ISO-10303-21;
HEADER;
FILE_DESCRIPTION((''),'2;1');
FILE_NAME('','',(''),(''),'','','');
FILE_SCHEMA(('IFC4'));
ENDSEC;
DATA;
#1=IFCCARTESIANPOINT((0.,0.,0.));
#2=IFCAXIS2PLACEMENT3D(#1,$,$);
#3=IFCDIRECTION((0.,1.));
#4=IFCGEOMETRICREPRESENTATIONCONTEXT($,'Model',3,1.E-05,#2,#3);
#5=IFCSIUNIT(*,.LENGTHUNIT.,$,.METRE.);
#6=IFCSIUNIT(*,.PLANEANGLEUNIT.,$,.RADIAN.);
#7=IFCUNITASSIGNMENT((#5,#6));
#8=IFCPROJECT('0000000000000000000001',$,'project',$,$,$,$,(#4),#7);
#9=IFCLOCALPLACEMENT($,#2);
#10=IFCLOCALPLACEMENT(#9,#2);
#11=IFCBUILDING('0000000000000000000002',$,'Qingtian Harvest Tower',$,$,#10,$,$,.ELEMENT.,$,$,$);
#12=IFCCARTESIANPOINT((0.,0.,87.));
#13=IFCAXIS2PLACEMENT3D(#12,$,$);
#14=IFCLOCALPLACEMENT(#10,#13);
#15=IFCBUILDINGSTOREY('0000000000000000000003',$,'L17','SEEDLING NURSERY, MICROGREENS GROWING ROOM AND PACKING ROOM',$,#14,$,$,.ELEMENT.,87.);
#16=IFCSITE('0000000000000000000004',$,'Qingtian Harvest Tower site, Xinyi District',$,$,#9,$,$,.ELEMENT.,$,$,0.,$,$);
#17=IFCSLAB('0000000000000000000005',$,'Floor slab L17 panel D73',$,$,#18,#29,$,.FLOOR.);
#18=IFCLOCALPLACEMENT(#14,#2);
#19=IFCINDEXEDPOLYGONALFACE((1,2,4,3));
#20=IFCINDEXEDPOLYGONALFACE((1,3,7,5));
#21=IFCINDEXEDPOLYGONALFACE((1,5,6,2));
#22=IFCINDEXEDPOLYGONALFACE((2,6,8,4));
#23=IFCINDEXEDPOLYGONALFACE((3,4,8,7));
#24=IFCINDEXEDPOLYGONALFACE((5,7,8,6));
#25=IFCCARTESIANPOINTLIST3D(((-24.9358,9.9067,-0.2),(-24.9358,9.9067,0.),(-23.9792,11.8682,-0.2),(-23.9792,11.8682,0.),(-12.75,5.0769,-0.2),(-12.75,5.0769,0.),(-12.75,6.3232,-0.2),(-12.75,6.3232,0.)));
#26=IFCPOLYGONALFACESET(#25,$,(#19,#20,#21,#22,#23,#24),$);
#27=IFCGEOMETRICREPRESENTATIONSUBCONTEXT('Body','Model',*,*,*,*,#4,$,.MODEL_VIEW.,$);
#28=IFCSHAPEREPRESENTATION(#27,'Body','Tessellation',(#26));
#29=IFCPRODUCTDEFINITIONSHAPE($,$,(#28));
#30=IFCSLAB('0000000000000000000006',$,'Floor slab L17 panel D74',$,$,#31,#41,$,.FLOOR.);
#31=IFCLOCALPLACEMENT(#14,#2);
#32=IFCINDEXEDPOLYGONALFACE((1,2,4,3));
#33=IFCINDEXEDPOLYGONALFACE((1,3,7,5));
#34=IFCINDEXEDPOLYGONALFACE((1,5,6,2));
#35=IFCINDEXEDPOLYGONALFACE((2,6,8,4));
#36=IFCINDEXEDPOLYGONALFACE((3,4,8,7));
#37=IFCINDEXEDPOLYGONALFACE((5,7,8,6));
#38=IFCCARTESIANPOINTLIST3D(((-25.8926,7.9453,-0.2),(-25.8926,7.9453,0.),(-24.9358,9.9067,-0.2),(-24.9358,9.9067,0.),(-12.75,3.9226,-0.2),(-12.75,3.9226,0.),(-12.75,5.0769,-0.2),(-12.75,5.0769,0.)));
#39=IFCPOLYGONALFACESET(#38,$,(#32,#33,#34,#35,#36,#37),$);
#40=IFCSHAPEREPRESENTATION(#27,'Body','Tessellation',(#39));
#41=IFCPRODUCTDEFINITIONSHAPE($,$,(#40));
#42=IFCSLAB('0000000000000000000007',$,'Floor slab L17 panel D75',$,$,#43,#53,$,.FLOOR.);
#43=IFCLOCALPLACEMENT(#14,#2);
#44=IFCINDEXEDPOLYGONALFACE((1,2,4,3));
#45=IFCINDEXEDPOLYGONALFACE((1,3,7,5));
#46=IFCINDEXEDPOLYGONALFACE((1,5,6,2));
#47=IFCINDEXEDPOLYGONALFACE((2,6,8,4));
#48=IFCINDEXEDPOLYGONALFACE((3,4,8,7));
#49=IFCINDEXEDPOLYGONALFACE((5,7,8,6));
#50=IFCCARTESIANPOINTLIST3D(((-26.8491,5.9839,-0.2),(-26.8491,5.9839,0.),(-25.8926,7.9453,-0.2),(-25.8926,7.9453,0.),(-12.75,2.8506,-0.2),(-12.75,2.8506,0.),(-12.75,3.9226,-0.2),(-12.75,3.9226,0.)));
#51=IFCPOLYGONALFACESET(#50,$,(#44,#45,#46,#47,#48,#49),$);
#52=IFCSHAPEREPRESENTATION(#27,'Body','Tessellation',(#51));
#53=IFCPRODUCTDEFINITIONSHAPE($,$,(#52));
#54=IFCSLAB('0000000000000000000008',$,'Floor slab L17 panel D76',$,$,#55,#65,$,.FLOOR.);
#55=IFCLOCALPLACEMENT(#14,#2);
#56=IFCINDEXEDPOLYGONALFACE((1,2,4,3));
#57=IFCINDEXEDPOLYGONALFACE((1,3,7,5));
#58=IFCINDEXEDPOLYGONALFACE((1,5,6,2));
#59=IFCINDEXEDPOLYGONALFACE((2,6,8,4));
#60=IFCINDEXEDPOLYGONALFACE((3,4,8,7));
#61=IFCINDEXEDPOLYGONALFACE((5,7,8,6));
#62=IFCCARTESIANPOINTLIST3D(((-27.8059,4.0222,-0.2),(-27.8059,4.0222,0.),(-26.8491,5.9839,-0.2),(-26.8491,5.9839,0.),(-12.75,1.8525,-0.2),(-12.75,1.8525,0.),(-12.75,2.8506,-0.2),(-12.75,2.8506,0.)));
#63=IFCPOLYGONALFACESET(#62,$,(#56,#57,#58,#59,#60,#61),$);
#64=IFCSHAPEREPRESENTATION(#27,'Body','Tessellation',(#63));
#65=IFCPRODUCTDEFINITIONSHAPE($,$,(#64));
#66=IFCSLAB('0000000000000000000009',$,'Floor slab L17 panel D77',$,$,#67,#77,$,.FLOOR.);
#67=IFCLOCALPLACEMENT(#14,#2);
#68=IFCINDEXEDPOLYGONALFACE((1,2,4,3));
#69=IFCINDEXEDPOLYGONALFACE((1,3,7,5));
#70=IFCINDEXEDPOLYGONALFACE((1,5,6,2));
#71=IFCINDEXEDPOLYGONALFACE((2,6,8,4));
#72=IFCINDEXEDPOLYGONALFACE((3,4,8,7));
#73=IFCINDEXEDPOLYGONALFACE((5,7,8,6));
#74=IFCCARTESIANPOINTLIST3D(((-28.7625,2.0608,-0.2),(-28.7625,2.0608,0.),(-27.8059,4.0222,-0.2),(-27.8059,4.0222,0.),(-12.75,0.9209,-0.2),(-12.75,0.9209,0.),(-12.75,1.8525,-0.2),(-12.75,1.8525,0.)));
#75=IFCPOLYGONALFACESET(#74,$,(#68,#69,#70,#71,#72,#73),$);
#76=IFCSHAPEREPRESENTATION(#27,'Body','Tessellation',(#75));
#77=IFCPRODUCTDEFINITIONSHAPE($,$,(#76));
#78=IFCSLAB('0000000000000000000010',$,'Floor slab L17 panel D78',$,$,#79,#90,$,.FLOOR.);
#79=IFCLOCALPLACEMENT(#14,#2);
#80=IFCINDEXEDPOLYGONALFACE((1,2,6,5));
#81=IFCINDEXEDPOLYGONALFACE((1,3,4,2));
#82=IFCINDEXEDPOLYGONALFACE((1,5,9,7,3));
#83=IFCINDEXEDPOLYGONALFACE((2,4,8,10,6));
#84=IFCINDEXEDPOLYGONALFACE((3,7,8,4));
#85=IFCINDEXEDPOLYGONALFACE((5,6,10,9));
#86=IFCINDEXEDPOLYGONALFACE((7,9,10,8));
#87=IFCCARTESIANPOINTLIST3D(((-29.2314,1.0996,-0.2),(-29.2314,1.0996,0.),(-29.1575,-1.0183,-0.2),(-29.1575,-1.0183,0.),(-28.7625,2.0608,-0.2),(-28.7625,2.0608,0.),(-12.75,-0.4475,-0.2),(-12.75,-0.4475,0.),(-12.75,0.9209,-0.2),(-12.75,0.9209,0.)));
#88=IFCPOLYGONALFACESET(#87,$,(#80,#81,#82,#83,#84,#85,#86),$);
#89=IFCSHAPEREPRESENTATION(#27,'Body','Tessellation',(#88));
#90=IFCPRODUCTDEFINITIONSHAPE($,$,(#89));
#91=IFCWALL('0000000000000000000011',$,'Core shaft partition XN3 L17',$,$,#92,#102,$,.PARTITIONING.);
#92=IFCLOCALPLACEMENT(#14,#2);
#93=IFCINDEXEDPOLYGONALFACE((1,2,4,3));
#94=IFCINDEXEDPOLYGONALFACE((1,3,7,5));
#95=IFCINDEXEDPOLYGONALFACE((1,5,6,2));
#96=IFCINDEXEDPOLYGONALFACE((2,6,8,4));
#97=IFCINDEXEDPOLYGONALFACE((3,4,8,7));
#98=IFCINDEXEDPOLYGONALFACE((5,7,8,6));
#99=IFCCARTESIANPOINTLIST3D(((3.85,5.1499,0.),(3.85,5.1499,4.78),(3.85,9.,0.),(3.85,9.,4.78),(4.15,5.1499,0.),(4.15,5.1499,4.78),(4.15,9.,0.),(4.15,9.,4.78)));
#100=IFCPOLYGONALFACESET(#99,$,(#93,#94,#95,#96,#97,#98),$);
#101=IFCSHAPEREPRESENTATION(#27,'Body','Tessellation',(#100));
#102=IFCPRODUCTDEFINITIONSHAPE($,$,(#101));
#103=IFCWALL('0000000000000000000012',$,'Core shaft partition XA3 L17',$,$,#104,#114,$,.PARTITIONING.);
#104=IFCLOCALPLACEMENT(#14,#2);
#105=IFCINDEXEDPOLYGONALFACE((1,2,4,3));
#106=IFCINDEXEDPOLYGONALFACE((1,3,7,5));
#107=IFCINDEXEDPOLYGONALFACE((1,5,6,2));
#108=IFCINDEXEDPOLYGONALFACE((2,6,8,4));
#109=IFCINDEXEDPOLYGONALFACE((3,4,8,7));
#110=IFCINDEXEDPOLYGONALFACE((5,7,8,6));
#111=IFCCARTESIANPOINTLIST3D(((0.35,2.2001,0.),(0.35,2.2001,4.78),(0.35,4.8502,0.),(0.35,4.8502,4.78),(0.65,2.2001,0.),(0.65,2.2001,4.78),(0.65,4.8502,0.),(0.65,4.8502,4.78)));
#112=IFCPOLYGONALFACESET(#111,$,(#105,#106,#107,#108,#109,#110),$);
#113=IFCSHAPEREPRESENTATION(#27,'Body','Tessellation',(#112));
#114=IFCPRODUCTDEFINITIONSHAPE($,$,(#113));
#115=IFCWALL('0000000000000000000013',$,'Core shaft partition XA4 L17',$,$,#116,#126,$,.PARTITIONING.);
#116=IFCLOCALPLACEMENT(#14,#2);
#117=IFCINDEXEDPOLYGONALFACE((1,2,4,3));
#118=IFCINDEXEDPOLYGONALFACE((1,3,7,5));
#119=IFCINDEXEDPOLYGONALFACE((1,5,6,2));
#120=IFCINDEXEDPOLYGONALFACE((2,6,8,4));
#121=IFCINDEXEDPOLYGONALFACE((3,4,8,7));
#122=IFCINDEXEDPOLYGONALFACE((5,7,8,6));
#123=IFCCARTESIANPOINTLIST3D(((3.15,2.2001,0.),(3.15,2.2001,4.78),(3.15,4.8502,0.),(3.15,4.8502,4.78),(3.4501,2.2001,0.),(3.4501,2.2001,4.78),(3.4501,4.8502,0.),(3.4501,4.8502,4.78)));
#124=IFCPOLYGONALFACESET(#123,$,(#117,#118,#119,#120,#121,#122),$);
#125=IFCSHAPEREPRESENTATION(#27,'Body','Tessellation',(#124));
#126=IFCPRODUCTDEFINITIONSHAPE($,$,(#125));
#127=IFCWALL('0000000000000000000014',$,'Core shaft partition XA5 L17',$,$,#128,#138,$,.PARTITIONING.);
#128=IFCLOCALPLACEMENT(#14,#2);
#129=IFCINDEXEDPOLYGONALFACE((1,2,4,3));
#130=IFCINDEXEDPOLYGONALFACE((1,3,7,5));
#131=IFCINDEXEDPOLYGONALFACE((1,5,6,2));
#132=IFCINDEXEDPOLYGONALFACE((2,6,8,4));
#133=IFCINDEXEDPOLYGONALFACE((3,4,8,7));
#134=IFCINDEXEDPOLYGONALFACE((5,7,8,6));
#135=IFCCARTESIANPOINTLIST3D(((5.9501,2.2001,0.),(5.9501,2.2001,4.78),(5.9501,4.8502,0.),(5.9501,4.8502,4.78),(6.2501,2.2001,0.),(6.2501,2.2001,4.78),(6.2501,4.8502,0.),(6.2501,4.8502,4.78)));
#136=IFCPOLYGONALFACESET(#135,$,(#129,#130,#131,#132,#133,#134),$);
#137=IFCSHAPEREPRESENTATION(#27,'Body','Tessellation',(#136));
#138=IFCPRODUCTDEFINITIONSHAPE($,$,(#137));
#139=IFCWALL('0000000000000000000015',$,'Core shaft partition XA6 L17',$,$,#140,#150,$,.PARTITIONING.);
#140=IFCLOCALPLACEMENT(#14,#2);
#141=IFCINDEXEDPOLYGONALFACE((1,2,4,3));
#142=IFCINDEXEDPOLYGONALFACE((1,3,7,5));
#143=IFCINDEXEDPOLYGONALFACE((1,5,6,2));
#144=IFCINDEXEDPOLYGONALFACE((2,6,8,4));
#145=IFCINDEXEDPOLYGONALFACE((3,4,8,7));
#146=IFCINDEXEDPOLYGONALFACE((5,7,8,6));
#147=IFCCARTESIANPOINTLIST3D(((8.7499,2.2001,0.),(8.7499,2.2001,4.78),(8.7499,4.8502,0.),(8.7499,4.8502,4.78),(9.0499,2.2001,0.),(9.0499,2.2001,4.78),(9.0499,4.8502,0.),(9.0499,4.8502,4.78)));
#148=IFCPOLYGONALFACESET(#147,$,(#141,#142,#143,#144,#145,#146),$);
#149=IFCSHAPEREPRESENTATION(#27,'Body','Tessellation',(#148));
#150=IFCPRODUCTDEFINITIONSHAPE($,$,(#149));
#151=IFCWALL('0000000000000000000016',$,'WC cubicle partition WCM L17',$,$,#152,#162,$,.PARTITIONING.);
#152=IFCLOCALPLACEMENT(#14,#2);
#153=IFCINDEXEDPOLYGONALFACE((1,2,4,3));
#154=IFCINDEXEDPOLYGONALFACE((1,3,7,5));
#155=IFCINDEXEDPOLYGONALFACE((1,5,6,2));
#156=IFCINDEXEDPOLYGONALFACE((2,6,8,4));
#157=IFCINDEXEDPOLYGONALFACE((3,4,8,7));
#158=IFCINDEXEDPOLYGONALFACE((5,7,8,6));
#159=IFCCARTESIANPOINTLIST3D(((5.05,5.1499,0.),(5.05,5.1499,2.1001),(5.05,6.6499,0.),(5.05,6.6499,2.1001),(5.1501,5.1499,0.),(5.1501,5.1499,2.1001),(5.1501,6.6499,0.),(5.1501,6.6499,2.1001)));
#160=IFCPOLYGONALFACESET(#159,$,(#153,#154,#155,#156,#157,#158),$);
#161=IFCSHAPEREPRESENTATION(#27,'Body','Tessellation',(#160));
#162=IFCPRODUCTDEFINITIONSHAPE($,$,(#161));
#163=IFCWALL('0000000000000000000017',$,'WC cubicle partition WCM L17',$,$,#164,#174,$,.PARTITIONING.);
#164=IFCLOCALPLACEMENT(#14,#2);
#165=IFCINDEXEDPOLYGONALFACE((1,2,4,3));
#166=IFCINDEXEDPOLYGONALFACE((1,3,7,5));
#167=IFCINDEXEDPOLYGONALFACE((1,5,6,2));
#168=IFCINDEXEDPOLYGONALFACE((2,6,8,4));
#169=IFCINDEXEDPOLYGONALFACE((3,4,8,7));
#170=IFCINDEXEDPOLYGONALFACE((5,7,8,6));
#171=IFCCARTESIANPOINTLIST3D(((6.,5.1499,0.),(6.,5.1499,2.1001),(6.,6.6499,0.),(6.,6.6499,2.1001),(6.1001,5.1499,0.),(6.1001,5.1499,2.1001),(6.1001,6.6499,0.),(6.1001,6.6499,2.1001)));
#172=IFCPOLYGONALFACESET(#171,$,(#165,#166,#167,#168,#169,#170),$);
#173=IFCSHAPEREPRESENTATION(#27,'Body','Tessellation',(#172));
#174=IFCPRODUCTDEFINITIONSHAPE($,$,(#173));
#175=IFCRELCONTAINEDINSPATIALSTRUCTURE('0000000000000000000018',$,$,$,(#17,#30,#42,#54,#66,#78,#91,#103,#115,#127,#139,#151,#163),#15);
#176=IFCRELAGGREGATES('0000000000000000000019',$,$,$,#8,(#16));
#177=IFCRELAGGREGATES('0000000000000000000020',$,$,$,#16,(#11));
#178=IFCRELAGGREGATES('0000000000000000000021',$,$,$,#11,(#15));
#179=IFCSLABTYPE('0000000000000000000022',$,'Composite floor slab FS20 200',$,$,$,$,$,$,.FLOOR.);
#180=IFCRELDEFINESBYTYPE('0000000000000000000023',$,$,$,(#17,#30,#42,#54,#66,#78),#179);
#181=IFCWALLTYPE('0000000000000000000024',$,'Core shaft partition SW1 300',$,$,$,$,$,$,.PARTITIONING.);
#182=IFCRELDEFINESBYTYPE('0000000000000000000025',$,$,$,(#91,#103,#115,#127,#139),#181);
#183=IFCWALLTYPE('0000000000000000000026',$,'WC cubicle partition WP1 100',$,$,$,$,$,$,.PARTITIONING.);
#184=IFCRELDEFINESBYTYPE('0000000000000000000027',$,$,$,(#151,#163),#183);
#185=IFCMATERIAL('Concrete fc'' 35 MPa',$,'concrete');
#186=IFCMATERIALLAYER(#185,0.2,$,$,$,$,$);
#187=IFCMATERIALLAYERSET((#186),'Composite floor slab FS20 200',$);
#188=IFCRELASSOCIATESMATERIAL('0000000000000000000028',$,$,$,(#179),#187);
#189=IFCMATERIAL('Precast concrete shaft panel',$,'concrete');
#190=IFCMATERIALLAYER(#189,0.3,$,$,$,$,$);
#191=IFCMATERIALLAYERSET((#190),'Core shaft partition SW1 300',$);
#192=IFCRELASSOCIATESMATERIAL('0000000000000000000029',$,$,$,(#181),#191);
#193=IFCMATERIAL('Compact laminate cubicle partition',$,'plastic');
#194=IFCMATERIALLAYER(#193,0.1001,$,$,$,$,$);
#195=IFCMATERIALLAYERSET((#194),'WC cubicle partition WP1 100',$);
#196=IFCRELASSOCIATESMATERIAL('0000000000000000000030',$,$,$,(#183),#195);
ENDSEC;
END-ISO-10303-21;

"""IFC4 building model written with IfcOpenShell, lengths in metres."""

from ifc_helpers import new_model, si_unit, direction, frame, frame_2d, origin, place, context, subcontext, project, spatial, polyline, rectangle, outline, extrude, material, layer, layer_set, type_object, element, save


model = new_model("IFC4")

# Units and contexts
model_context = context("Model", 3, precision=1e-05, world=origin(), true_north=direction((0.0, 1.0)))
body_context = subcontext(model_context, "Body", "Model", "MODEL_VIEW")
ifc_project = project(units=[si_unit("LENGTHUNIT", "METRE"), si_unit("PLANEANGLEUNIT", "RADIAN")], contexts=[model_context])

# Site, building, storey
site_placement = place(None, origin())
site = spatial("IfcSite", under=ifc_project, at=site_placement, Name="Qingtian Harvest Tower site, Xinyi District", CompositionType="ELEMENT", RefElevation=0.0)
building_placement = place(site_placement, origin())
building = spatial("IfcBuilding", under=site, at=building_placement, Name="Qingtian Harvest Tower", CompositionType="ELEMENT")
storey_placement = place(building_placement, frame((0.0, 0.0, 87.0)))
storey = spatial("IfcBuildingStorey", under=building, at=storey_placement, Name="L17", Description="SEEDLING NURSERY, MICROGREENS GROWING ROOM AND PACKING ROOM", CompositionType="ELEMENT", Elevation=87.0)

# Slabs
ifc_material_1 = material(Name="Concrete fc' 35 MPa", Category="concrete")
ifc_layer_1 = layer(ifc_material_1, 0.2)
ifc_layer_set_1 = layer_set([ifc_layer_1], Name="Composite floor slab FS20 200")
slab_type = type_object("IfcSlabType", Name="Composite floor slab FS20 200", PredefinedType="FLOOR", material=ifc_layer_set_1)
slab_1_placement = place(storey_placement, frame((0.0, 0.0, -0.2)))
element("IfcSlab", 1, at=slab_1_placement, inside=storey, type_object=slab_type, Name="Floor slab L17 panel D73", PredefinedType="FLOOR", context=body_context, shape_type="SweptSolid", body=[
    extrude(outline(polyline([(-12.75, 5.0769), (-24.9358, 9.9067), (-23.9792, 11.8682), (-12.75, 6.3232), (-12.75, 5.0769)])), origin(), (0.0, 0.0, 1.0), 0.2),
])
slab_2_placement = place(storey_placement, frame((0.0, 0.0, -0.2)))
element("IfcSlab", 2, at=slab_2_placement, inside=storey, type_object=slab_type, Name="Floor slab L17 panel D74", PredefinedType="FLOOR", context=body_context, shape_type="SweptSolid", body=[
    extrude(outline(polyline([(-12.75, 3.9226), (-25.8926, 7.9453), (-24.9358, 9.9067), (-12.75, 5.0769), (-12.75, 3.9226)])), origin(), (0.0, 0.0, 1.0), 0.2),
])
slab_3_placement = place(storey_placement, frame((0.0, 0.0, -0.2)))
element("IfcSlab", 3, at=slab_3_placement, inside=storey, type_object=slab_type, Name="Floor slab L17 panel D75", PredefinedType="FLOOR", context=body_context, shape_type="SweptSolid", body=[
    extrude(outline(polyline([(-12.75, 2.8506), (-26.8491, 5.9839), (-25.8926, 7.9453), (-12.75, 3.9226), (-12.75, 2.8506)])), origin(), (0.0, 0.0, 1.0), 0.2),
])
slab_4_placement = place(storey_placement, frame((0.0, 0.0, -0.2)))
element("IfcSlab", 4, at=slab_4_placement, inside=storey, type_object=slab_type, Name="Floor slab L17 panel D76", PredefinedType="FLOOR", context=body_context, shape_type="SweptSolid", body=[
    extrude(outline(polyline([(-12.75, 1.8525), (-27.8059, 4.0222), (-26.8491, 5.9839), (-12.75, 2.8506), (-12.75, 1.8525)])), origin(), (0.0, 0.0, 1.0), 0.2),
])
slab_5_placement = place(storey_placement, frame((0.0, 0.0, -0.2)))
element("IfcSlab", 5, at=slab_5_placement, inside=storey, type_object=slab_type, Name="Floor slab L17 panel D77", PredefinedType="FLOOR", context=body_context, shape_type="SweptSolid", body=[
    extrude(outline(polyline([(-12.75, 0.9209), (-28.7625, 2.0608), (-27.8059, 4.0222), (-12.75, 1.8525), (-12.75, 0.9209)])), origin(), (0.0, 0.0, 1.0), 0.2),
])
slab_6_placement = place(storey_placement, frame((0.0, 0.0, -0.2)))
element("IfcSlab", 6, at=slab_6_placement, inside=storey, type_object=slab_type, Name="Floor slab L17 panel D78", PredefinedType="FLOOR", context=body_context, shape_type="SweptSolid", body=[
    extrude(outline(polyline([(-12.75, 0.9209), (-12.75, -0.4475), (-29.1575, -1.0183), (-29.2314, 1.0996), (-28.7625, 2.0608), (-12.75, 0.9209)])), origin(), (0.0, 0.0, 1.0), 0.2),
])

# Shared definitions
ifc_material_2 = material(Name="Precast concrete shaft panel", Category="concrete")
ifc_layer_2 = layer(ifc_material_2, 0.3)
ifc_layer_set_2 = layer_set([ifc_layer_2], Name="Core shaft partition SW1 300")
wall_type_1 = type_object("IfcWallType", Name="Core shaft partition SW1 300", PredefinedType="PARTITIONING", material=ifc_layer_set_2)

# Walls
wall_1_placement = place(storey_placement, frame((4.0, 5.1499, 0.0), z_axis=(0.0, 0.0, 1.0), x_axis=(0.0, 1.0, 0.0)))
element("IfcWall", 7, at=wall_1_placement, inside=storey, type_object=wall_type_1, Name="Core shaft partition XN3 L17", PredefinedType="PARTITIONING", context=body_context, shape_type="SweptSolid", body=[
    extrude(rectangle(XDim=3.8501, YDim=0.3, at=frame_2d((1.925, 0.0))), origin(), (0.0, 0.0, 1.0), 4.78),
])
for number, where, z_axis, x_axis, name in (
    (8, (0.5, 2.2, 0.0), (0.0, 0.0, 1.0), (0.0, 1.0, 0.0), "Core shaft partition XA3 L17"),
    (9, (3.3, 2.2, 0.0), (0.0, 0.0, 1.0), (0.0, 1.0, 0.0), "Core shaft partition XA4 L17"),
    (10, (6.1001, 2.2, 0.0), (0.0, 0.0, 1.0), (0.0, 1.0, 0.0), "Core shaft partition XA5 L17"),
    (11, (8.8999, 2.2, 0.0), (0.0, 0.0, 1.0), (0.0, 1.0, 0.0), "Core shaft partition XA6 L17"),
):
    element("IfcWall", number, at=place(storey_placement, frame(where, z_axis=z_axis, x_axis=x_axis)), inside=storey, type_object=wall_type_1, Name=name, PredefinedType="PARTITIONING", context=body_context, shape_type="SweptSolid", body=[
        extrude(rectangle(XDim=2.6501, YDim=0.3, at=frame_2d((1.3252, 0.0))), origin(), (0.0, 0.0, 1.0), 4.78),
    ])
ifc_material_3 = material(Name="Compact laminate cubicle partition", Category="plastic")
ifc_layer_3 = layer(ifc_material_3, 0.1001)
ifc_layer_set_3 = layer_set([ifc_layer_3], Name="WC cubicle partition WP1 100")
wall_type_2 = type_object("IfcWallType", Name="WC cubicle partition WP1 100", PredefinedType="PARTITIONING", material=ifc_layer_set_3)
for number, where, z_axis, x_axis, name in (
    (12, (5.1001, 5.1499, 0.0), (0.0, 0.0, 1.0), (0.0, 1.0, 0.0), "WC cubicle partition WCM L17"),
    (13, (6.05, 5.1499, 0.0), (0.0, 0.0, 1.0), (0.0, 1.0, 0.0), "WC cubicle partition WCM L17"),
):
    element("IfcWall", number, at=place(storey_placement, frame(where, z_axis=z_axis, x_axis=x_axis)), inside=storey, type_object=wall_type_2, Name=name, PredefinedType="PARTITIONING", context=body_context, shape_type="SweptSolid", body=[
        extrude(rectangle(XDim=1.5, YDim=0.1001, at=frame_2d((0.75, 0.0))), origin(), (0.0, 0.0, 1.0), 2.1001),
    ])

save(model, "model.ifc")
